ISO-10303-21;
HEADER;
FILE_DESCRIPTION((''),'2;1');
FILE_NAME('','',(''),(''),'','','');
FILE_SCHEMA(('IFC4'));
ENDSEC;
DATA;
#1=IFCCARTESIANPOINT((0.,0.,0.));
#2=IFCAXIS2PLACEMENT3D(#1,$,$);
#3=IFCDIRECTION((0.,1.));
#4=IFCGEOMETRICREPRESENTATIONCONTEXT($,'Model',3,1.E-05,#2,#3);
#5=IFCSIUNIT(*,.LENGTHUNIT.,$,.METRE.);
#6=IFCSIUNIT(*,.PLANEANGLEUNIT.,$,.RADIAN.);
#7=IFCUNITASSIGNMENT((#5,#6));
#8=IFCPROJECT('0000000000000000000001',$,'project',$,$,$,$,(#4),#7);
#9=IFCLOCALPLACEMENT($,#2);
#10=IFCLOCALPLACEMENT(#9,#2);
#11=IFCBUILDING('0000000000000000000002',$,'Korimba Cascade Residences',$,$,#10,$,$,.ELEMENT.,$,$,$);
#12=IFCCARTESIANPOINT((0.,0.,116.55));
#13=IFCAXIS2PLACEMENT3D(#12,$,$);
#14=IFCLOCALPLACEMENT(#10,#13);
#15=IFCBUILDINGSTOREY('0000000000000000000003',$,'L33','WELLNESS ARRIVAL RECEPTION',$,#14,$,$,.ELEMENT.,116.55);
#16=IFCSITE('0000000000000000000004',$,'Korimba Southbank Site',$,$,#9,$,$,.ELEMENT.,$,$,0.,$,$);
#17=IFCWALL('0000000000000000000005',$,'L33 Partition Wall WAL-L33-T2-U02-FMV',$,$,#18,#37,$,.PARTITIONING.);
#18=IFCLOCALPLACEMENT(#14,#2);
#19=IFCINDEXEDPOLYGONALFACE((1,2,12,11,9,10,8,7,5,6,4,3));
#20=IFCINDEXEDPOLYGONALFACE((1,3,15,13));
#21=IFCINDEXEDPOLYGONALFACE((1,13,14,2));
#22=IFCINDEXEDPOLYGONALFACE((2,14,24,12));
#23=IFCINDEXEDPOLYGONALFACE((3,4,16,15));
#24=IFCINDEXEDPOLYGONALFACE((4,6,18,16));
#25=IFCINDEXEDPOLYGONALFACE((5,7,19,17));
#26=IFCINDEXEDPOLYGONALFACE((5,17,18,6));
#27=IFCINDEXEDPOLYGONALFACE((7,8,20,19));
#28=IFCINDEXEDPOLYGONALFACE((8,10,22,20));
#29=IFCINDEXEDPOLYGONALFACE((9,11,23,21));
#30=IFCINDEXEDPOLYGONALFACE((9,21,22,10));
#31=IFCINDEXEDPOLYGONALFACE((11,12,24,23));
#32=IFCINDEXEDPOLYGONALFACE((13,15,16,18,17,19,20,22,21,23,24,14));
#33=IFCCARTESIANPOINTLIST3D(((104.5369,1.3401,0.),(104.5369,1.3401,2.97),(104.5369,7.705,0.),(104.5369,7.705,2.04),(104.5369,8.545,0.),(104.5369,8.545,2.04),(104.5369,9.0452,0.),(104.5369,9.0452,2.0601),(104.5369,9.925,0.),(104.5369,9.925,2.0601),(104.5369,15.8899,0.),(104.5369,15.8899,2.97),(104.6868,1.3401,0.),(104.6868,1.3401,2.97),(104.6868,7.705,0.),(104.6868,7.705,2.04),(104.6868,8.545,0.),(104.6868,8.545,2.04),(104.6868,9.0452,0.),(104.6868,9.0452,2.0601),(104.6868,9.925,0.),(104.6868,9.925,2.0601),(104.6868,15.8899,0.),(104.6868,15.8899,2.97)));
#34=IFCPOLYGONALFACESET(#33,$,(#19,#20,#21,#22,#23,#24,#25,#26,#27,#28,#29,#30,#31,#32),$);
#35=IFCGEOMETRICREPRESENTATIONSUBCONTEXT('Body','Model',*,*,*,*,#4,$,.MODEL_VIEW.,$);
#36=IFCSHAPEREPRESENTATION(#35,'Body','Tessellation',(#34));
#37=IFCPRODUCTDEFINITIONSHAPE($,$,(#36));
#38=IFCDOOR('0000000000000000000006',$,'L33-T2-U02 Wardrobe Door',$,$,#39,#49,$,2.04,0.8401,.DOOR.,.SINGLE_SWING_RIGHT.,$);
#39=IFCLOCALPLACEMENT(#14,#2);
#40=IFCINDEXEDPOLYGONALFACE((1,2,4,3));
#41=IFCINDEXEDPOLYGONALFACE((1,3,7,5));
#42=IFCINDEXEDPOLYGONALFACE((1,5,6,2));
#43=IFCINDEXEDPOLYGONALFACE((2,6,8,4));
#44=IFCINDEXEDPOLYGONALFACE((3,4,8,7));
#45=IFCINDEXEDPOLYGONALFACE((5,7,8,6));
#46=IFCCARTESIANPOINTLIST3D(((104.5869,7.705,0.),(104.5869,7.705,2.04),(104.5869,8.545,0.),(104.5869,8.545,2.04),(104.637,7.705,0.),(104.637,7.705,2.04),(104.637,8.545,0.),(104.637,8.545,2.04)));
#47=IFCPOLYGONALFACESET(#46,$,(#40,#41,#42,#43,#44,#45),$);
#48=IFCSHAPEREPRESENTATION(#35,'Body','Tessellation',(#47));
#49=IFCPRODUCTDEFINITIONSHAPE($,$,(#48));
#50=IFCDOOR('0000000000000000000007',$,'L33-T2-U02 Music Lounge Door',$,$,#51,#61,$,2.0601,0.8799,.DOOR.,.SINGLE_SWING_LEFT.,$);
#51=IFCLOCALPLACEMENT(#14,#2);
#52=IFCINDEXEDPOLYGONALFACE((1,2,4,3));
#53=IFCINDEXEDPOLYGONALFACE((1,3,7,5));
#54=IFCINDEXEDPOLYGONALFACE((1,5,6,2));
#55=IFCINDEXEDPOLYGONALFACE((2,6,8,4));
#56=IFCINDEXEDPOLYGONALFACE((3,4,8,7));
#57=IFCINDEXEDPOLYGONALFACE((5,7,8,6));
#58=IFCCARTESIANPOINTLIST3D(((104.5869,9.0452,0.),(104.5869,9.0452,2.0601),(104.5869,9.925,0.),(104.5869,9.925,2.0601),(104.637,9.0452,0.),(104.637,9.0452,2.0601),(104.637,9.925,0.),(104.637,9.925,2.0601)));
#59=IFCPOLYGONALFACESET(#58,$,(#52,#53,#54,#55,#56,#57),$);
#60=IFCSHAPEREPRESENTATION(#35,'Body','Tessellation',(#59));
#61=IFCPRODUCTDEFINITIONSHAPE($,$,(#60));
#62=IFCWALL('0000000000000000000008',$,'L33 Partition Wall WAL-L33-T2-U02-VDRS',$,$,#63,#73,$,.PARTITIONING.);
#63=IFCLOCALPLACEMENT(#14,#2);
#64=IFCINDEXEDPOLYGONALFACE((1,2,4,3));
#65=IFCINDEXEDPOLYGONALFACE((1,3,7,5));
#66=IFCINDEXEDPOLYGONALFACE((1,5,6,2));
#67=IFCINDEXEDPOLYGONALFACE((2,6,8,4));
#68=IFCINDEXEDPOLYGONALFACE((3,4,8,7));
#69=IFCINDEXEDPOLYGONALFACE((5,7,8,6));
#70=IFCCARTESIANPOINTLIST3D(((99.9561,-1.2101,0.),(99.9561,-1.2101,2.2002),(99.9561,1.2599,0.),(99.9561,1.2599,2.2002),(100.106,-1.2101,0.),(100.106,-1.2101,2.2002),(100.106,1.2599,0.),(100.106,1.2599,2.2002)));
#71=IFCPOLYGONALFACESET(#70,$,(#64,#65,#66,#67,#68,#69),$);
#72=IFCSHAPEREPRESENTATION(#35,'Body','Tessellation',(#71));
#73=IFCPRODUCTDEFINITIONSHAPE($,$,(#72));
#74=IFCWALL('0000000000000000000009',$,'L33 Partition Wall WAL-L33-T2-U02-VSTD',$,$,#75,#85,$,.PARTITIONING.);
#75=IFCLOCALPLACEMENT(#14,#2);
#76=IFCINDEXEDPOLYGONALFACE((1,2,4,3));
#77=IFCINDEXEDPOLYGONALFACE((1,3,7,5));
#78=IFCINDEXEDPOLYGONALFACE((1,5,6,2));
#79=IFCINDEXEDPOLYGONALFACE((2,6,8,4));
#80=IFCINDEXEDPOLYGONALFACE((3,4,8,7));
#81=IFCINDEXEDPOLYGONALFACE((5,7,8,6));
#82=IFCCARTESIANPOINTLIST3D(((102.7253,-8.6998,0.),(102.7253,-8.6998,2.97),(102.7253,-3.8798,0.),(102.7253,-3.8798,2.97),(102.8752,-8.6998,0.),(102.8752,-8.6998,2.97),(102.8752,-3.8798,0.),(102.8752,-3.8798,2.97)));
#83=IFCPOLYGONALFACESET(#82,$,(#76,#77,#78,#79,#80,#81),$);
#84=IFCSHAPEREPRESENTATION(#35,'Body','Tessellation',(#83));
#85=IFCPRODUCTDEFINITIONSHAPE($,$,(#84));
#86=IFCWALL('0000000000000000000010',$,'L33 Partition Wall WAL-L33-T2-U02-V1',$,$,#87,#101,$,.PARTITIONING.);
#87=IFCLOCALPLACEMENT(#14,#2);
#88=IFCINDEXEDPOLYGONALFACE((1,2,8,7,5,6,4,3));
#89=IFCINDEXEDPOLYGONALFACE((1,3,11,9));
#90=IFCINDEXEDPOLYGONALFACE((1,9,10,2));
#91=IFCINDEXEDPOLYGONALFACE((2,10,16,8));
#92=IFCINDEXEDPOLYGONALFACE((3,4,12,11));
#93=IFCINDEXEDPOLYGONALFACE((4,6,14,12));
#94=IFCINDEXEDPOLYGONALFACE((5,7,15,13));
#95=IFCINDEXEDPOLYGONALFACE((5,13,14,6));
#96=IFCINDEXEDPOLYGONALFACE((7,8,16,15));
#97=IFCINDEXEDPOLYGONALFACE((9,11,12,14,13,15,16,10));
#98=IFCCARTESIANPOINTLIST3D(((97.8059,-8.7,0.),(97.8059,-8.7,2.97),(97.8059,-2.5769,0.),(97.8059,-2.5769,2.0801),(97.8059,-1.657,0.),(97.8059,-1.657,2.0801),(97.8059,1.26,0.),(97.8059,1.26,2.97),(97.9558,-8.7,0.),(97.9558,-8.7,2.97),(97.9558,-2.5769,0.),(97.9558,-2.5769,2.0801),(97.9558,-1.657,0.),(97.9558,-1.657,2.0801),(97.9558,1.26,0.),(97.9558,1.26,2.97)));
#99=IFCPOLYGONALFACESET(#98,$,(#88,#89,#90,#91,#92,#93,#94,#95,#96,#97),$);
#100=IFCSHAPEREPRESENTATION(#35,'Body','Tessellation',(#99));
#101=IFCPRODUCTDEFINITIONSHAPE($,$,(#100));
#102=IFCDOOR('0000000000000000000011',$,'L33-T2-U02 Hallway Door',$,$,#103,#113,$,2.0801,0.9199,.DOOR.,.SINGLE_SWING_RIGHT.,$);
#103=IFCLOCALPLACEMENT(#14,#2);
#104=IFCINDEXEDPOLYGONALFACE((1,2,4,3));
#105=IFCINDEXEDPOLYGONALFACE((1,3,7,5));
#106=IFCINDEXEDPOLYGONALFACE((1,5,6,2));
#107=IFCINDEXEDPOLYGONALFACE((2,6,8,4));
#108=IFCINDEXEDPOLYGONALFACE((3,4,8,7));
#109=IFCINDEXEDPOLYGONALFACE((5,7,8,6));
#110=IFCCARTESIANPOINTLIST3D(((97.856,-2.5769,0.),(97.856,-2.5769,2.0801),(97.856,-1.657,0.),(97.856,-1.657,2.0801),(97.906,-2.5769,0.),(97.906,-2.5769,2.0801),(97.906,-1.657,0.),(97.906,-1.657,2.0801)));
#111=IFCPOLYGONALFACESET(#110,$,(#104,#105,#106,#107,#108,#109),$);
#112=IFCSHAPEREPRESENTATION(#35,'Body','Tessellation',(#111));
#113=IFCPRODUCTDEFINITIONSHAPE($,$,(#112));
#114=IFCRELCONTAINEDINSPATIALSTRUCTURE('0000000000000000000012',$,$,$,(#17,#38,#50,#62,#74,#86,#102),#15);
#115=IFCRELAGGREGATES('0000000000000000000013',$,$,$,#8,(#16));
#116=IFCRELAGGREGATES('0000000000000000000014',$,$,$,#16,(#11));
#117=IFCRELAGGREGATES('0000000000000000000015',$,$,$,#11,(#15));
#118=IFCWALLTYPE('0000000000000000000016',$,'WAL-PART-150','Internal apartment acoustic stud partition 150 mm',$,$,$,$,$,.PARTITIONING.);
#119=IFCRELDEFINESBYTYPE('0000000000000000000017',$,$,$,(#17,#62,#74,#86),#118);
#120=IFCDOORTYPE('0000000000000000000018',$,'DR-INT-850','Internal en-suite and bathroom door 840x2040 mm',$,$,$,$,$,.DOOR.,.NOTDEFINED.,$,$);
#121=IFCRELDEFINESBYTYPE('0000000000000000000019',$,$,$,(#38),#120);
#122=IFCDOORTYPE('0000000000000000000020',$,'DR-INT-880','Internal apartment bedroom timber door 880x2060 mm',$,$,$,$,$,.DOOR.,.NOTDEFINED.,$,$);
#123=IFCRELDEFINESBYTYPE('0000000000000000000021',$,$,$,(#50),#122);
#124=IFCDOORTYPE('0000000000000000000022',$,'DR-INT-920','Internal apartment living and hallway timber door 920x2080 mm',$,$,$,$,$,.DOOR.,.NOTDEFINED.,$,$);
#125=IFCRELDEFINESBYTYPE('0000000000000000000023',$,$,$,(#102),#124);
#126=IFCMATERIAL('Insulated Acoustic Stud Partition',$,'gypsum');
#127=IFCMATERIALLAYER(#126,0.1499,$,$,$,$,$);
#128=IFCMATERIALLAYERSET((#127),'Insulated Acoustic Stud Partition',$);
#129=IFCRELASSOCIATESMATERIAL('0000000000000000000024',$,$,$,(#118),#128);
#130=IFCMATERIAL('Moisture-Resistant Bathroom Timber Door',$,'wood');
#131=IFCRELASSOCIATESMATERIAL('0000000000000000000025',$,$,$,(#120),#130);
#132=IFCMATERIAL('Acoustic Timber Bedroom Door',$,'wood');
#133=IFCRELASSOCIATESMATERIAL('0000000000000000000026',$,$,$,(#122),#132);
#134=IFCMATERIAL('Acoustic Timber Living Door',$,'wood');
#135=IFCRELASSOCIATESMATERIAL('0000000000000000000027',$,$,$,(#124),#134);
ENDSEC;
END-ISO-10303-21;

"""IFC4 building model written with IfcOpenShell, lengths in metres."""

from ifc_helpers import new_model, si_unit, direction, frame, frame_2d, origin, place, context, subcontext, project, spatial, rectangle, extrude, material, layer, layer_set, type_object, element, fill, save


model = new_model("IFC4")

# Units and contexts
model_context = context("Model", 3, precision=1e-05, world=origin(), true_north=direction((0.0, 1.0)))
body_context = subcontext(model_context, "Body", "Model", "MODEL_VIEW")
ifc_project = project(units=[si_unit("LENGTHUNIT", "METRE"), si_unit("PLANEANGLEUNIT", "RADIAN")], contexts=[model_context])

# Site, building, storey
site_placement = place(None, origin())
site = spatial("IfcSite", under=ifc_project, at=site_placement, Name="Korimba Southbank Site", CompositionType="ELEMENT", RefElevation=0.0)
building_placement = place(site_placement, origin())
building = spatial("IfcBuilding", under=site, at=building_placement, Name="Korimba Cascade Residences", CompositionType="ELEMENT")
storey_placement = place(building_placement, frame((0.0, 0.0, 116.55)))
storey = spatial("IfcBuildingStorey", under=building, at=storey_placement, Name="L33", Description="WELLNESS ARRIVAL RECEPTION", CompositionType="ELEMENT", Elevation=116.55)

# Wall, openings, doors
ifc_material_1 = material(Name="Insulated Acoustic Stud Partition", Category="gypsum")
ifc_layer = layer(ifc_material_1, 0.1499)
ifc_layer_set = layer_set([ifc_layer], Name="Insulated Acoustic Stud Partition")
wall_type = type_object("IfcWallType", Name="WAL-PART-150", Description="Internal apartment acoustic stud partition 150 mm", PredefinedType="PARTITIONING", material=ifc_layer_set)
wall_1_placement = place(storey_placement, frame((104.6118, 1.3401, 0.0), z_axis=(0.0, 0.0, 1.0), x_axis=(0.0, 1.0, 0.0)))
wall_1 = element("IfcWall", 1, at=wall_1_placement, inside=storey, type_object=wall_type, Name="L33 Partition Wall WAL-L33-T2-U02-FMV", PredefinedType="PARTITIONING", context=body_context, shape_type="SweptSolid", body=[
    extrude(rectangle(XDim=14.5498, YDim=0.1499, at=frame_2d((7.2749, 0.0))), origin(), (0.0, 0.0, 1.0), 2.97),
])
opening_1_placement = place(wall_1_placement, frame((6.365, 0.0, 0.0)))
opening_1 = element("IfcOpeningElement", 2, at=opening_1_placement, cuts=wall_1, PredefinedType="OPENING", context=body_context, shape_type="SweptSolid", body=[
    extrude(rectangle(XDim=0.8401, YDim=2.04, at=frame_2d((0.4199, 1.02))), frame((0.0, 0.085, 0.0), z_axis=(0.0, -1.0, 0.0), x_axis=(1.0, 0.0, 0.0)), (0.0, 0.0, 1.0), 0.1699),
])
opening_2_placement = place(wall_1_placement, frame((7.7051, 0.0, 0.0)))
opening_2 = element("IfcOpeningElement", 3, at=opening_2_placement, cuts=wall_1, PredefinedType="OPENING", context=body_context, shape_type="SweptSolid", body=[
    extrude(rectangle(XDim=0.8799, YDim=2.0601, at=frame_2d((0.4399, 1.03))), frame((0.0, 0.085, 0.0), z_axis=(0.0, -1.0, 0.0), x_axis=(1.0, 0.0, 0.0)), (0.0, 0.0, 1.0), 0.1699),
])
ifc_material_2 = material(Name="Moisture-Resistant Bathroom Timber Door", Category="wood")
door_type_1 = type_object("IfcDoorType", Name="DR-INT-850", Description="Internal en-suite and bathroom door 840x2040 mm", OperationType="NOTDEFINED", PredefinedType="DOOR", material=ifc_material_2)
door_1_placement = place(opening_1_placement, origin())
door_1 = element("IfcDoor", 4, at=door_1_placement, inside=storey, type_object=door_type_1, Name="L33-T2-U02 Wardrobe Door", OperationType="SINGLE_SWING_RIGHT", OverallHeight=2.04, OverallWidth=0.8401, PredefinedType="DOOR", context=body_context, shape_type="SweptSolid", body=[
    extrude(rectangle(XDim=0.8401, YDim=2.04, at=frame_2d((0.4199, 1.02))), frame((0.0, 0.0249, 0.0), z_axis=(0.0, -1.0, 0.0), x_axis=(1.0, 0.0, 0.0)), (0.0, 0.0, 1.0), 0.05),
])
fill(opening_1, door_1)
ifc_material_3 = material(Name="Acoustic Timber Bedroom Door", Category="wood")
door_type_2 = type_object("IfcDoorType", Name="DR-INT-880", Description="Internal apartment bedroom timber door 880x2060 mm", OperationType="NOTDEFINED", PredefinedType="DOOR", material=ifc_material_3)
door_2_placement = place(opening_2_placement, origin())
door_2 = element("IfcDoor", 5, at=door_2_placement, inside=storey, type_object=door_type_2, Name="L33-T2-U02 Music Lounge Door", OperationType="SINGLE_SWING_LEFT", OverallHeight=2.0601, OverallWidth=0.8799, PredefinedType="DOOR", context=body_context, shape_type="SweptSolid", body=[
    extrude(rectangle(XDim=0.8799, YDim=2.0601, at=frame_2d((0.4399, 1.03))), frame((0.0, 0.0249, 0.0), z_axis=(0.0, -1.0, 0.0), x_axis=(1.0, 0.0, 0.0)), (0.0, 0.0, 1.0), 0.05),
])
fill(opening_2, door_2)

# Walls
wall_2_placement = place(storey_placement, frame((100.031, -1.21, 0.0), z_axis=(0.0, 0.0, 1.0), x_axis=(0.0, 1.0, 0.0)))
element("IfcWall", 6, at=wall_2_placement, inside=storey, type_object=wall_type, Name="L33 Partition Wall WAL-L33-T2-U02-VDRS", PredefinedType="PARTITIONING", context=body_context, shape_type="SweptSolid", body=[
    extrude(rectangle(XDim=2.47, YDim=0.1499, at=frame_2d((1.2349, 0.0))), origin(), (0.0, 0.0, 1.0), 2.2002),
])
wall_3_placement = place(storey_placement, frame((102.8003, -8.7, 0.0), z_axis=(0.0, 0.0, 1.0), x_axis=(0.0, 1.0, 0.0)))
element("IfcWall", 7, at=wall_3_placement, inside=storey, type_object=wall_type, Name="L33 Partition Wall WAL-L33-T2-U02-VSTD", PredefinedType="PARTITIONING", context=body_context, shape_type="SweptSolid", body=[
    extrude(rectangle(XDim=4.8201, YDim=0.1499, at=frame_2d((2.4102, 0.0))), origin(), (0.0, 0.0, 1.0), 2.97),
])

# Wall, opening, door
wall_4_placement = place(storey_placement, frame((97.8809, -8.7, 0.0), z_axis=(0.0, 0.0, 1.0), x_axis=(0.0, 1.0, 0.0)))
wall_4 = element("IfcWall", 8, at=wall_4_placement, inside=storey, type_object=wall_type, Name="L33 Partition Wall WAL-L33-T2-U02-V1", PredefinedType="PARTITIONING", context=body_context, shape_type="SweptSolid", body=[
    extrude(rectangle(XDim=9.96, YDim=0.1499, at=frame_2d((4.98, 0.0))), origin(), (0.0, 0.0, 1.0), 2.97),
])
opening_3_placement = place(wall_4_placement, frame((6.123, 0.0, 0.0)))
opening_3 = element("IfcOpeningElement", 9, at=opening_3_placement, cuts=wall_4, PredefinedType="OPENING", context=body_context, shape_type="SweptSolid", body=[
    extrude(rectangle(XDim=0.9199, YDim=2.0801, at=frame_2d((0.46, 1.04))), frame((0.0, 0.085, 0.0), z_axis=(0.0, -1.0, 0.0), x_axis=(1.0, 0.0, 0.0)), (0.0, 0.0, 1.0), 0.1699),
])
ifc_material_4 = material(Name="Acoustic Timber Living Door", Category="wood")
door_type_3 = type_object("IfcDoorType", Name="DR-INT-920", Description="Internal apartment living and hallway timber door 920x2080 mm", OperationType="NOTDEFINED", PredefinedType="DOOR", material=ifc_material_4)
door_3_placement = place(opening_3_placement, origin())
door_3 = element("IfcDoor", 10, at=door_3_placement, inside=storey, type_object=door_type_3, Name="L33-T2-U02 Hallway Door", OperationType="SINGLE_SWING_RIGHT", OverallHeight=2.0801, OverallWidth=0.9199, PredefinedType="DOOR", context=body_context, shape_type="SweptSolid", body=[
    extrude(rectangle(XDim=0.9199, YDim=2.0801, at=frame_2d((0.46, 1.04))), frame((0.0, 0.0249, 0.0), z_axis=(0.0, -1.0, 0.0), x_axis=(1.0, 0.0, 0.0)), (0.0, 0.0, 1.0), 0.05),
])
fill(opening_3, door_3)

save(model, "model.ifc")
